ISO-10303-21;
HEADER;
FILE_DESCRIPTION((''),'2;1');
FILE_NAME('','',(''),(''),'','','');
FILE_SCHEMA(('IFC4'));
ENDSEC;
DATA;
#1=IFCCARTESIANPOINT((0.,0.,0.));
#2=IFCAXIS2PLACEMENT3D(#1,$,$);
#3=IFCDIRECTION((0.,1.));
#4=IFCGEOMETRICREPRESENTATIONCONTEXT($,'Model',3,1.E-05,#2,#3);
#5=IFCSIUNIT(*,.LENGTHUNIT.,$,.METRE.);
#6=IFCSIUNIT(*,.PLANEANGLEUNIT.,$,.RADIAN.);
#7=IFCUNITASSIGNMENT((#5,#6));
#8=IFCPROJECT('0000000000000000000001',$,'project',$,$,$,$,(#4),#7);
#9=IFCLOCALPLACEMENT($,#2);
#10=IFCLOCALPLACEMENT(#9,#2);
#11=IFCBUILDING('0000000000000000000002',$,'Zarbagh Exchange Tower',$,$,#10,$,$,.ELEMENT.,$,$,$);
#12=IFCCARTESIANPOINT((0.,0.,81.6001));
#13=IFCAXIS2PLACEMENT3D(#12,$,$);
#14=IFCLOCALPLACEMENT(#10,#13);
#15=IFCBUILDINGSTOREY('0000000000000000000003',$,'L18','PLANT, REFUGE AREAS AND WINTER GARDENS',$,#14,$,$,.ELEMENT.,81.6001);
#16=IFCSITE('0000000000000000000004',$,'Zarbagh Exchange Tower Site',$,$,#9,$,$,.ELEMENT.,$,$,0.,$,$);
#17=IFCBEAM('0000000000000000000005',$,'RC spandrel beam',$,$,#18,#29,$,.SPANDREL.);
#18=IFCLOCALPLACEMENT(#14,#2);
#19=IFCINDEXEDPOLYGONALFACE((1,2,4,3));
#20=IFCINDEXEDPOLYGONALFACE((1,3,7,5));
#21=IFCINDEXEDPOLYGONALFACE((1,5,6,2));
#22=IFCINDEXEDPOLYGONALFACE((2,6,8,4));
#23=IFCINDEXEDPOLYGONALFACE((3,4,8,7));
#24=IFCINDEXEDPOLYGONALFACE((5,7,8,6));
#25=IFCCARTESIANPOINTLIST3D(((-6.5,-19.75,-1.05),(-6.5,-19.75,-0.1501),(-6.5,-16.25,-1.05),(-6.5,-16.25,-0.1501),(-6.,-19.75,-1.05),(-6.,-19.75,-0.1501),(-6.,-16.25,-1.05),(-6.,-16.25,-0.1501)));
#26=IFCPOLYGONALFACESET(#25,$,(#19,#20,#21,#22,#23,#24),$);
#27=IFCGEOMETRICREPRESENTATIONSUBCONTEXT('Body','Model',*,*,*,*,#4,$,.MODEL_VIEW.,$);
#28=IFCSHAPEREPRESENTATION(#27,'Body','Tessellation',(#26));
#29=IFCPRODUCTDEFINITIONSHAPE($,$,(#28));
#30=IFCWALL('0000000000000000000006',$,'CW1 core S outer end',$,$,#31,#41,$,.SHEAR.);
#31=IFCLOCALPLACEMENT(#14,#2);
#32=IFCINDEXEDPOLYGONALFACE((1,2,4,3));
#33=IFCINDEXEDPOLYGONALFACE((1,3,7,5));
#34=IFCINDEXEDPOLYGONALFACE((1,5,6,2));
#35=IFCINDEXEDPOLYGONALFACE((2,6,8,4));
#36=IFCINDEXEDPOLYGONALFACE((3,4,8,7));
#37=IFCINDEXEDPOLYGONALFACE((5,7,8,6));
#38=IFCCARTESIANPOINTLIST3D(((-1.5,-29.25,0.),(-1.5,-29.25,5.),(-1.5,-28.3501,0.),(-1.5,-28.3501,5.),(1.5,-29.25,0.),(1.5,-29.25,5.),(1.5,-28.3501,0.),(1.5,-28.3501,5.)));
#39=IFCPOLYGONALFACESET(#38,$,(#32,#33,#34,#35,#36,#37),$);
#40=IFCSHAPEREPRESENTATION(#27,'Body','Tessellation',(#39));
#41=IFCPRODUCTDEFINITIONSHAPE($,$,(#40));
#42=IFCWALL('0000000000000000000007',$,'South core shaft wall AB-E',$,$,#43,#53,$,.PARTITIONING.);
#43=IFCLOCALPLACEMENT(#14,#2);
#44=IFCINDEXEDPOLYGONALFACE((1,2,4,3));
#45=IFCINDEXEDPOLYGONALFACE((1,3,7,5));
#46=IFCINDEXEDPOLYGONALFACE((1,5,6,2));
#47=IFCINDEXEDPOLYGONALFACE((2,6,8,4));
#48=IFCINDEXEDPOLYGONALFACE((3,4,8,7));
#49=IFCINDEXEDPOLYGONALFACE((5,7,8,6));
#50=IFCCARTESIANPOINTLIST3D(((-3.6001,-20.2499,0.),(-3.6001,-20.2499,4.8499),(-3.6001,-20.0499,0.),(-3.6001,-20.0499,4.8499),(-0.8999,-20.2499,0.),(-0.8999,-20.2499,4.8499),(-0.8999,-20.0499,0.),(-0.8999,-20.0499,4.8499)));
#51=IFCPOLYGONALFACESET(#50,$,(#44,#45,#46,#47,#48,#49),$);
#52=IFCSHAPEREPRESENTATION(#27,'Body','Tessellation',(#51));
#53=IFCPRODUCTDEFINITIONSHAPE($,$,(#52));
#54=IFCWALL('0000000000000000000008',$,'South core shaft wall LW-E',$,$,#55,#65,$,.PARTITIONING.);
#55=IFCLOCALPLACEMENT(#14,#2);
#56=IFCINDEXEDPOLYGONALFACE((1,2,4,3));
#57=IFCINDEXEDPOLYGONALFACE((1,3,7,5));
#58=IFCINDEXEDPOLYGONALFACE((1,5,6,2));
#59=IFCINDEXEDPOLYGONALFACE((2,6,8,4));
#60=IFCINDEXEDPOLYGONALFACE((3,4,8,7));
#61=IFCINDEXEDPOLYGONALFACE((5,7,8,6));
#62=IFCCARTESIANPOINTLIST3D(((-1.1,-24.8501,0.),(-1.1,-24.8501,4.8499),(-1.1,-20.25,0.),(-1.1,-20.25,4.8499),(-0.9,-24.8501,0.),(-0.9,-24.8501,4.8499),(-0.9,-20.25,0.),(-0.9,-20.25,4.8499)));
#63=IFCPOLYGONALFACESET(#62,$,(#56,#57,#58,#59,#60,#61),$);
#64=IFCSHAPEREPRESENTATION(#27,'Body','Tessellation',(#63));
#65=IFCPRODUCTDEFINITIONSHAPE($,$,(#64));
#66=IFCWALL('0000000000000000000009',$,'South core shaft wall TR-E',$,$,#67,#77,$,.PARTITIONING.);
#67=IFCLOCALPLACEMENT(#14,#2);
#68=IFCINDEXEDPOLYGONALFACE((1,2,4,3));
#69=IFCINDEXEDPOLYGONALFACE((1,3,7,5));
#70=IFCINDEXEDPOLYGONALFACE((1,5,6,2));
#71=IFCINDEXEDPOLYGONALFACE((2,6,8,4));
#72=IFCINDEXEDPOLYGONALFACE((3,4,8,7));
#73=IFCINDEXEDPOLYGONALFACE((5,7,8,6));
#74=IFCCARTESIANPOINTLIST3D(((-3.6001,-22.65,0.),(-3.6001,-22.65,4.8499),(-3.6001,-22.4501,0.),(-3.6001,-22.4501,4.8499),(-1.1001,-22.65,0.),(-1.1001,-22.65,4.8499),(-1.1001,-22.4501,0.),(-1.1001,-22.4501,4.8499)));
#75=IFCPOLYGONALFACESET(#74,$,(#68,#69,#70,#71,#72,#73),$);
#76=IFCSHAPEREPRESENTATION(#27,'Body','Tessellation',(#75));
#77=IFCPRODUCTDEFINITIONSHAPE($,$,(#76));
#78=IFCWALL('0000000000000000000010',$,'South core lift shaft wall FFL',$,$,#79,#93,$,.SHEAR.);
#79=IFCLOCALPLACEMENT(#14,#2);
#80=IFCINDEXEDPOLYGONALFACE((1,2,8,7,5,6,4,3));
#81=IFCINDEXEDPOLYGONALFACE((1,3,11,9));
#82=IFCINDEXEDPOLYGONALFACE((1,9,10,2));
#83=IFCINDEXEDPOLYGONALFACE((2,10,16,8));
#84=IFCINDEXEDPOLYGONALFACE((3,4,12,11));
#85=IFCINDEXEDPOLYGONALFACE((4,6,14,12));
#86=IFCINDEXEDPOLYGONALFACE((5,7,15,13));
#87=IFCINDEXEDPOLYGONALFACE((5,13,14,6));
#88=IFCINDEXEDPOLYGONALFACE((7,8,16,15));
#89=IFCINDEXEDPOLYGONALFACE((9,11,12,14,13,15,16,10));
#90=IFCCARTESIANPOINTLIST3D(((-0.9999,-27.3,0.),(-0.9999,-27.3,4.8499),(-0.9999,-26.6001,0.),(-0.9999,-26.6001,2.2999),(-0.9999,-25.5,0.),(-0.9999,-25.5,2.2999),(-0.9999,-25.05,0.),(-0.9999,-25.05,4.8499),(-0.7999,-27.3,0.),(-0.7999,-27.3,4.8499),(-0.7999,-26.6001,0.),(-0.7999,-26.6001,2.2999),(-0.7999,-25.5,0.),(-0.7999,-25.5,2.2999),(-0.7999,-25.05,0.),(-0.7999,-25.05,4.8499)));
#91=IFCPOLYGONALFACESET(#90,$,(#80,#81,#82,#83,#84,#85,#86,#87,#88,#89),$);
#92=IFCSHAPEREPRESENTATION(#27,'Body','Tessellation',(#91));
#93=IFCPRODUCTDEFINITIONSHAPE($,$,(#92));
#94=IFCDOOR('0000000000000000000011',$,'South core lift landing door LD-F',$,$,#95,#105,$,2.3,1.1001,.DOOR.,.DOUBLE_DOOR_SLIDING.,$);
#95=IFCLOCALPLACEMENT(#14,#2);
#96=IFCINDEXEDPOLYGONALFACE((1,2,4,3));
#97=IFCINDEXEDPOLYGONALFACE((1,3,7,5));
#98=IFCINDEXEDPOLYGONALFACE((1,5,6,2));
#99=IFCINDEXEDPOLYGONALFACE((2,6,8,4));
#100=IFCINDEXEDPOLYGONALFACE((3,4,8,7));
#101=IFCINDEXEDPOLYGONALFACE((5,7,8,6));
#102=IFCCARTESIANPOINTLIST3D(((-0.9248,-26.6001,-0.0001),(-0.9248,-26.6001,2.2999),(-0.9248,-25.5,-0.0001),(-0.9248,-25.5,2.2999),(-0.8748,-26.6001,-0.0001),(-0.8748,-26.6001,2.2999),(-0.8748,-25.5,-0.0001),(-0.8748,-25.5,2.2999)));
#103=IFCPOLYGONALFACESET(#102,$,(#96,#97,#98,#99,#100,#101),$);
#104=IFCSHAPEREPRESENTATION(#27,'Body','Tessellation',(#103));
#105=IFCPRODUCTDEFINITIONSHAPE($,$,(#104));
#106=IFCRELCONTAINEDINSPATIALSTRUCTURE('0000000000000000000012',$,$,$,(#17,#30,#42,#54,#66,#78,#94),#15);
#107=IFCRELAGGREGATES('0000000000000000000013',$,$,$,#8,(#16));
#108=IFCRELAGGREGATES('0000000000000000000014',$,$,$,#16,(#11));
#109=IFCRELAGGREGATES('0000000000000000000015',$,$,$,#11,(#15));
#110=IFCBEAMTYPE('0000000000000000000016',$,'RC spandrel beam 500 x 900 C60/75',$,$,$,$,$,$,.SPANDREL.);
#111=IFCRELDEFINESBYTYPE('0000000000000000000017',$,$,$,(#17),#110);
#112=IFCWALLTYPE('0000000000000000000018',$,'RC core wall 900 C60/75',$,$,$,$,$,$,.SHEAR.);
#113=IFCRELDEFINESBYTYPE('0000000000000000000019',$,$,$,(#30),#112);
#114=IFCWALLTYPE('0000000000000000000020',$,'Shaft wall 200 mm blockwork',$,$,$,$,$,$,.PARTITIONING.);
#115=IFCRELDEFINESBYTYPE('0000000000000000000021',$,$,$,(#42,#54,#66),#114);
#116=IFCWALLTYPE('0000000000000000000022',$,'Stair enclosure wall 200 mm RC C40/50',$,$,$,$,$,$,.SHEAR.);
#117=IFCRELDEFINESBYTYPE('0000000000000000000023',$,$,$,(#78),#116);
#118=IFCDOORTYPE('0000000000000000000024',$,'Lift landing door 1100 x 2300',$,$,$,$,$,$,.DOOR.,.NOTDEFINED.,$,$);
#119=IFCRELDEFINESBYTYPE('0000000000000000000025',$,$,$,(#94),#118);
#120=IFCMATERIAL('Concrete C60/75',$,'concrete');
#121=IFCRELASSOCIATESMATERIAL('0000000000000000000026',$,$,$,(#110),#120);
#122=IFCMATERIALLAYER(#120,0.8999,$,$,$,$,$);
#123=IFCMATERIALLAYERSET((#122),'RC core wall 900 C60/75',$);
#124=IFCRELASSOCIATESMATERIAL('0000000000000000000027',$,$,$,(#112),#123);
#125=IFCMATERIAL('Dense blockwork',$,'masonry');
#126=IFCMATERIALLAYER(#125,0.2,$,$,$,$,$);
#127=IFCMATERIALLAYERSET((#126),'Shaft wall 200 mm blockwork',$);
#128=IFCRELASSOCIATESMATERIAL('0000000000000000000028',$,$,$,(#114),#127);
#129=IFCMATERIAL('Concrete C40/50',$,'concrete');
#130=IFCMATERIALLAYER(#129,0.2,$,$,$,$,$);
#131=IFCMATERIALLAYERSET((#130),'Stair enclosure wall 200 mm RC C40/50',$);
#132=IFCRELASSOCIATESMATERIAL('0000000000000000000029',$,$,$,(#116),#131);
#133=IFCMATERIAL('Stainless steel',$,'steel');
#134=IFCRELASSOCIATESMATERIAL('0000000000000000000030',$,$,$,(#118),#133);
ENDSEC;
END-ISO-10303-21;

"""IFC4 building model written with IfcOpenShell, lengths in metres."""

from ifc_helpers import new_model, si_unit, direction, frame, frame_2d, origin, origin_2d, place, context, subcontext, project, spatial, rectangle, extrude, material, layer, layer_set, material_profile, profile_set, type_object, element, fill, save


model = new_model("IFC4")

# Units and contexts
model_context = context("Model", 3, precision=1e-05, world=origin(), true_north=direction((0.0, 1.0)))
body_context = subcontext(model_context, "Body", "Model", "MODEL_VIEW")
ifc_project = project(units=[si_unit("LENGTHUNIT", "METRE"), si_unit("PLANEANGLEUNIT", "RADIAN")], contexts=[model_context])

# Site, building, storey
site_placement = place(None, origin())
site = spatial("IfcSite", under=ifc_project, at=site_placement, Name="Zarbagh Exchange Tower Site", CompositionType="ELEMENT", RefElevation=0.0)
building_placement = place(site_placement, origin())
building = spatial("IfcBuilding", under=site, at=building_placement, Name="Zarbagh Exchange Tower", CompositionType="ELEMENT")
storey_placement = place(building_placement, frame((0.0, 0.0, 81.6001)))
storey = spatial("IfcBuildingStorey", under=building, at=storey_placement, Name="L18", Description="PLANT, REFUGE AREAS AND WINTER GARDENS", CompositionType="ELEMENT", Elevation=81.6001)

# Shared definitions
ifc_material_1 = material(Name="Concrete C60/75", Category="concrete")

# Beam
ifc_material_profile_1 = material_profile(ifc_material_1, rectangle(XDim=0.5, YDim=0.8999, at=origin_2d()), Name="RC spandrel beam 500 x 900 C60/75")
ifc_profile_set_1 = profile_set([ifc_material_profile_1], Name="Concrete C60/75")
beam_type = type_object("IfcBeamType", Name="RC spandrel beam 500 x 900 C60/75", PredefinedType="SPANDREL", material=ifc_profile_set_1)
beam_1_placement = place(storey_placement, frame((-6.25, -19.75, -0.6001), z_axis=(0.0, 1.0, 0.0), x_axis=(-1.0, 0.0, 0.0)))
element("IfcBeam", 1, at=beam_1_placement, inside=storey, type_object=beam_type, Name="RC spandrel beam", PredefinedType="SPANDREL", context=body_context, shape_type="SweptSolid", body=[
    extrude(rectangle(XDim=0.5, YDim=0.8999, at=origin_2d()), origin(), (0.0, 0.0, 1.0), 3.5),
])

# Walls
ifc_layer_1 = layer(ifc_material_1, 0.8999)
ifc_layer_set_1 = layer_set([ifc_layer_1], Name="RC core wall 900 C60/75")
wall_type_1 = type_object("IfcWallType", Name="RC core wall 900 C60/75", PredefinedType="SHEAR", material=ifc_layer_set_1)
wall_1_placement = place(storey_placement, frame((-1.5, -28.8, 0.0), z_axis=(0.0, 0.0, 1.0), x_axis=(1.0, 0.0, 0.0)))
element("IfcWall", 2, at=wall_1_placement, inside=storey, type_object=wall_type_1, Name="CW1 core S outer end", PredefinedType="SHEAR", context=body_context, shape_type="SweptSolid", body=[
    extrude(rectangle(XDim=3.0, YDim=0.8999, at=frame_2d((1.5, 0.0))), origin(), (0.0, 0.0, 1.0), 5.0),
])
ifc_material_2 = material(Name="Dense blockwork", Category="masonry")
ifc_layer_2 = layer(ifc_material_2, 0.2)
ifc_layer_set_2 = layer_set([ifc_layer_2], Name="Shaft wall 200 mm blockwork")
wall_type_2 = type_object("IfcWallType", Name="Shaft wall 200 mm blockwork", PredefinedType="PARTITIONING", material=ifc_layer_set_2)
wall_2_placement = place(storey_placement, frame((-0.8999, -20.1499, 0.0), z_axis=(0.0, 0.0, 1.0), x_axis=(-1.0, 0.0, 0.0)))
element("IfcWall", 3, at=wall_2_placement, inside=storey, type_object=wall_type_2, Name="South core shaft wall AB-E", PredefinedType="PARTITIONING", context=body_context, shape_type="SweptSolid", body=[
    extrude(rectangle(XDim=2.7002, YDim=0.2, at=frame_2d((1.3501, 0.0))), origin(), (0.0, 0.0, 1.0), 4.8499),
])
wall_3_placement = place(storey_placement, frame((-1.0, -24.8501, 0.0), z_axis=(0.0, 0.0, 1.0), x_axis=(0.0, 1.0, 0.0)))
element("IfcWall", 4, at=wall_3_placement, inside=storey, type_object=wall_type_2, Name="South core shaft wall LW-E", PredefinedType="PARTITIONING", context=body_context, shape_type="SweptSolid", body=[
    extrude(rectangle(XDim=4.6001, YDim=0.2, at=frame_2d((2.3, 0.0))), origin(), (0.0, 0.0, 1.0), 4.8499),
])
wall_4_placement = place(storey_placement, frame((-1.1001, -22.55, 0.0), z_axis=(0.0, 0.0, 1.0), x_axis=(-1.0, 0.0, 0.0)))
element("IfcWall", 5, at=wall_4_placement, inside=storey, type_object=wall_type_2, Name="South core shaft wall TR-E", PredefinedType="PARTITIONING", context=body_context, shape_type="SweptSolid", body=[
    extrude(rectangle(XDim=2.5, YDim=0.2, at=frame_2d((1.25, 0.0))), origin(), (0.0, 0.0, 1.0), 4.8499),
])

# Wall, opening, door
ifc_material_3 = material(Name="Concrete C40/50", Category="concrete")
ifc_layer_3 = layer(ifc_material_3, 0.2)
ifc_layer_set_3 = layer_set([ifc_layer_3], Name="Stair enclosure wall 200 mm RC C40/50")
wall_type_3 = type_object("IfcWallType", Name="Stair enclosure wall 200 mm RC C40/50", PredefinedType="SHEAR", material=ifc_layer_set_3)
wall_5_placement = place(storey_placement, frame((-0.8999, -27.3, 0.0), z_axis=(0.0, 0.0, 1.0), x_axis=(0.0, 1.0, 0.0)))
wall_5 = element("IfcWall", 6, at=wall_5_placement, inside=storey, type_object=wall_type_3, Name="South core lift shaft wall FFL", PredefinedType="SHEAR", context=body_context, shape_type="SweptSolid", body=[
    extrude(rectangle(XDim=2.25, YDim=0.2, at=frame_2d((1.125, 0.0))), origin(), (0.0, 0.0, 1.0), 4.8499),
])
opening_placement = place(wall_5_placement, frame((0.7, 0.0, 0.0)))
opening = element("IfcOpeningElement", 7, at=opening_placement, cuts=wall_5, PredefinedType="OPENING", context=body_context, shape_type="SweptSolid", body=[
    extrude(rectangle(XDim=1.1001, YDim=2.3, at=frame_2d((0.55, 1.1499))), frame((0.0, 0.1099, 0.0), z_axis=(0.0, -1.0, 0.0), x_axis=(1.0, 0.0, 0.0)), (0.0, 0.0, 1.0), 0.22),
])
ifc_material_4 = material(Name="Stainless steel", Category="steel")
door_type = type_object("IfcDoorType", Name="Lift landing door 1100 x 2300", OperationType="NOTDEFINED", PredefinedType="DOOR", material=ifc_material_4)
door_placement = place(opening_placement, origin())
door = element("IfcDoor", 8, at=door_placement, inside=storey, type_object=door_type, Name="South core lift landing door LD-F", OperationType="DOUBLE_DOOR_SLIDING", OverallHeight=2.3, OverallWidth=1.1001, PredefinedType="DOOR", context=body_context, shape_type="SweptSolid", body=[
    extrude(rectangle(XDim=1.1001, YDim=2.3, at=frame_2d((0.55, 1.1499))), frame((0.0, 0.0249, 0.0), z_axis=(0.0, -1.0, 0.0), x_axis=(1.0, 0.0, 0.0)), (0.0, 0.0, 1.0), 0.05),
])
fill(opening, door)

save(model, "model.ifc")
